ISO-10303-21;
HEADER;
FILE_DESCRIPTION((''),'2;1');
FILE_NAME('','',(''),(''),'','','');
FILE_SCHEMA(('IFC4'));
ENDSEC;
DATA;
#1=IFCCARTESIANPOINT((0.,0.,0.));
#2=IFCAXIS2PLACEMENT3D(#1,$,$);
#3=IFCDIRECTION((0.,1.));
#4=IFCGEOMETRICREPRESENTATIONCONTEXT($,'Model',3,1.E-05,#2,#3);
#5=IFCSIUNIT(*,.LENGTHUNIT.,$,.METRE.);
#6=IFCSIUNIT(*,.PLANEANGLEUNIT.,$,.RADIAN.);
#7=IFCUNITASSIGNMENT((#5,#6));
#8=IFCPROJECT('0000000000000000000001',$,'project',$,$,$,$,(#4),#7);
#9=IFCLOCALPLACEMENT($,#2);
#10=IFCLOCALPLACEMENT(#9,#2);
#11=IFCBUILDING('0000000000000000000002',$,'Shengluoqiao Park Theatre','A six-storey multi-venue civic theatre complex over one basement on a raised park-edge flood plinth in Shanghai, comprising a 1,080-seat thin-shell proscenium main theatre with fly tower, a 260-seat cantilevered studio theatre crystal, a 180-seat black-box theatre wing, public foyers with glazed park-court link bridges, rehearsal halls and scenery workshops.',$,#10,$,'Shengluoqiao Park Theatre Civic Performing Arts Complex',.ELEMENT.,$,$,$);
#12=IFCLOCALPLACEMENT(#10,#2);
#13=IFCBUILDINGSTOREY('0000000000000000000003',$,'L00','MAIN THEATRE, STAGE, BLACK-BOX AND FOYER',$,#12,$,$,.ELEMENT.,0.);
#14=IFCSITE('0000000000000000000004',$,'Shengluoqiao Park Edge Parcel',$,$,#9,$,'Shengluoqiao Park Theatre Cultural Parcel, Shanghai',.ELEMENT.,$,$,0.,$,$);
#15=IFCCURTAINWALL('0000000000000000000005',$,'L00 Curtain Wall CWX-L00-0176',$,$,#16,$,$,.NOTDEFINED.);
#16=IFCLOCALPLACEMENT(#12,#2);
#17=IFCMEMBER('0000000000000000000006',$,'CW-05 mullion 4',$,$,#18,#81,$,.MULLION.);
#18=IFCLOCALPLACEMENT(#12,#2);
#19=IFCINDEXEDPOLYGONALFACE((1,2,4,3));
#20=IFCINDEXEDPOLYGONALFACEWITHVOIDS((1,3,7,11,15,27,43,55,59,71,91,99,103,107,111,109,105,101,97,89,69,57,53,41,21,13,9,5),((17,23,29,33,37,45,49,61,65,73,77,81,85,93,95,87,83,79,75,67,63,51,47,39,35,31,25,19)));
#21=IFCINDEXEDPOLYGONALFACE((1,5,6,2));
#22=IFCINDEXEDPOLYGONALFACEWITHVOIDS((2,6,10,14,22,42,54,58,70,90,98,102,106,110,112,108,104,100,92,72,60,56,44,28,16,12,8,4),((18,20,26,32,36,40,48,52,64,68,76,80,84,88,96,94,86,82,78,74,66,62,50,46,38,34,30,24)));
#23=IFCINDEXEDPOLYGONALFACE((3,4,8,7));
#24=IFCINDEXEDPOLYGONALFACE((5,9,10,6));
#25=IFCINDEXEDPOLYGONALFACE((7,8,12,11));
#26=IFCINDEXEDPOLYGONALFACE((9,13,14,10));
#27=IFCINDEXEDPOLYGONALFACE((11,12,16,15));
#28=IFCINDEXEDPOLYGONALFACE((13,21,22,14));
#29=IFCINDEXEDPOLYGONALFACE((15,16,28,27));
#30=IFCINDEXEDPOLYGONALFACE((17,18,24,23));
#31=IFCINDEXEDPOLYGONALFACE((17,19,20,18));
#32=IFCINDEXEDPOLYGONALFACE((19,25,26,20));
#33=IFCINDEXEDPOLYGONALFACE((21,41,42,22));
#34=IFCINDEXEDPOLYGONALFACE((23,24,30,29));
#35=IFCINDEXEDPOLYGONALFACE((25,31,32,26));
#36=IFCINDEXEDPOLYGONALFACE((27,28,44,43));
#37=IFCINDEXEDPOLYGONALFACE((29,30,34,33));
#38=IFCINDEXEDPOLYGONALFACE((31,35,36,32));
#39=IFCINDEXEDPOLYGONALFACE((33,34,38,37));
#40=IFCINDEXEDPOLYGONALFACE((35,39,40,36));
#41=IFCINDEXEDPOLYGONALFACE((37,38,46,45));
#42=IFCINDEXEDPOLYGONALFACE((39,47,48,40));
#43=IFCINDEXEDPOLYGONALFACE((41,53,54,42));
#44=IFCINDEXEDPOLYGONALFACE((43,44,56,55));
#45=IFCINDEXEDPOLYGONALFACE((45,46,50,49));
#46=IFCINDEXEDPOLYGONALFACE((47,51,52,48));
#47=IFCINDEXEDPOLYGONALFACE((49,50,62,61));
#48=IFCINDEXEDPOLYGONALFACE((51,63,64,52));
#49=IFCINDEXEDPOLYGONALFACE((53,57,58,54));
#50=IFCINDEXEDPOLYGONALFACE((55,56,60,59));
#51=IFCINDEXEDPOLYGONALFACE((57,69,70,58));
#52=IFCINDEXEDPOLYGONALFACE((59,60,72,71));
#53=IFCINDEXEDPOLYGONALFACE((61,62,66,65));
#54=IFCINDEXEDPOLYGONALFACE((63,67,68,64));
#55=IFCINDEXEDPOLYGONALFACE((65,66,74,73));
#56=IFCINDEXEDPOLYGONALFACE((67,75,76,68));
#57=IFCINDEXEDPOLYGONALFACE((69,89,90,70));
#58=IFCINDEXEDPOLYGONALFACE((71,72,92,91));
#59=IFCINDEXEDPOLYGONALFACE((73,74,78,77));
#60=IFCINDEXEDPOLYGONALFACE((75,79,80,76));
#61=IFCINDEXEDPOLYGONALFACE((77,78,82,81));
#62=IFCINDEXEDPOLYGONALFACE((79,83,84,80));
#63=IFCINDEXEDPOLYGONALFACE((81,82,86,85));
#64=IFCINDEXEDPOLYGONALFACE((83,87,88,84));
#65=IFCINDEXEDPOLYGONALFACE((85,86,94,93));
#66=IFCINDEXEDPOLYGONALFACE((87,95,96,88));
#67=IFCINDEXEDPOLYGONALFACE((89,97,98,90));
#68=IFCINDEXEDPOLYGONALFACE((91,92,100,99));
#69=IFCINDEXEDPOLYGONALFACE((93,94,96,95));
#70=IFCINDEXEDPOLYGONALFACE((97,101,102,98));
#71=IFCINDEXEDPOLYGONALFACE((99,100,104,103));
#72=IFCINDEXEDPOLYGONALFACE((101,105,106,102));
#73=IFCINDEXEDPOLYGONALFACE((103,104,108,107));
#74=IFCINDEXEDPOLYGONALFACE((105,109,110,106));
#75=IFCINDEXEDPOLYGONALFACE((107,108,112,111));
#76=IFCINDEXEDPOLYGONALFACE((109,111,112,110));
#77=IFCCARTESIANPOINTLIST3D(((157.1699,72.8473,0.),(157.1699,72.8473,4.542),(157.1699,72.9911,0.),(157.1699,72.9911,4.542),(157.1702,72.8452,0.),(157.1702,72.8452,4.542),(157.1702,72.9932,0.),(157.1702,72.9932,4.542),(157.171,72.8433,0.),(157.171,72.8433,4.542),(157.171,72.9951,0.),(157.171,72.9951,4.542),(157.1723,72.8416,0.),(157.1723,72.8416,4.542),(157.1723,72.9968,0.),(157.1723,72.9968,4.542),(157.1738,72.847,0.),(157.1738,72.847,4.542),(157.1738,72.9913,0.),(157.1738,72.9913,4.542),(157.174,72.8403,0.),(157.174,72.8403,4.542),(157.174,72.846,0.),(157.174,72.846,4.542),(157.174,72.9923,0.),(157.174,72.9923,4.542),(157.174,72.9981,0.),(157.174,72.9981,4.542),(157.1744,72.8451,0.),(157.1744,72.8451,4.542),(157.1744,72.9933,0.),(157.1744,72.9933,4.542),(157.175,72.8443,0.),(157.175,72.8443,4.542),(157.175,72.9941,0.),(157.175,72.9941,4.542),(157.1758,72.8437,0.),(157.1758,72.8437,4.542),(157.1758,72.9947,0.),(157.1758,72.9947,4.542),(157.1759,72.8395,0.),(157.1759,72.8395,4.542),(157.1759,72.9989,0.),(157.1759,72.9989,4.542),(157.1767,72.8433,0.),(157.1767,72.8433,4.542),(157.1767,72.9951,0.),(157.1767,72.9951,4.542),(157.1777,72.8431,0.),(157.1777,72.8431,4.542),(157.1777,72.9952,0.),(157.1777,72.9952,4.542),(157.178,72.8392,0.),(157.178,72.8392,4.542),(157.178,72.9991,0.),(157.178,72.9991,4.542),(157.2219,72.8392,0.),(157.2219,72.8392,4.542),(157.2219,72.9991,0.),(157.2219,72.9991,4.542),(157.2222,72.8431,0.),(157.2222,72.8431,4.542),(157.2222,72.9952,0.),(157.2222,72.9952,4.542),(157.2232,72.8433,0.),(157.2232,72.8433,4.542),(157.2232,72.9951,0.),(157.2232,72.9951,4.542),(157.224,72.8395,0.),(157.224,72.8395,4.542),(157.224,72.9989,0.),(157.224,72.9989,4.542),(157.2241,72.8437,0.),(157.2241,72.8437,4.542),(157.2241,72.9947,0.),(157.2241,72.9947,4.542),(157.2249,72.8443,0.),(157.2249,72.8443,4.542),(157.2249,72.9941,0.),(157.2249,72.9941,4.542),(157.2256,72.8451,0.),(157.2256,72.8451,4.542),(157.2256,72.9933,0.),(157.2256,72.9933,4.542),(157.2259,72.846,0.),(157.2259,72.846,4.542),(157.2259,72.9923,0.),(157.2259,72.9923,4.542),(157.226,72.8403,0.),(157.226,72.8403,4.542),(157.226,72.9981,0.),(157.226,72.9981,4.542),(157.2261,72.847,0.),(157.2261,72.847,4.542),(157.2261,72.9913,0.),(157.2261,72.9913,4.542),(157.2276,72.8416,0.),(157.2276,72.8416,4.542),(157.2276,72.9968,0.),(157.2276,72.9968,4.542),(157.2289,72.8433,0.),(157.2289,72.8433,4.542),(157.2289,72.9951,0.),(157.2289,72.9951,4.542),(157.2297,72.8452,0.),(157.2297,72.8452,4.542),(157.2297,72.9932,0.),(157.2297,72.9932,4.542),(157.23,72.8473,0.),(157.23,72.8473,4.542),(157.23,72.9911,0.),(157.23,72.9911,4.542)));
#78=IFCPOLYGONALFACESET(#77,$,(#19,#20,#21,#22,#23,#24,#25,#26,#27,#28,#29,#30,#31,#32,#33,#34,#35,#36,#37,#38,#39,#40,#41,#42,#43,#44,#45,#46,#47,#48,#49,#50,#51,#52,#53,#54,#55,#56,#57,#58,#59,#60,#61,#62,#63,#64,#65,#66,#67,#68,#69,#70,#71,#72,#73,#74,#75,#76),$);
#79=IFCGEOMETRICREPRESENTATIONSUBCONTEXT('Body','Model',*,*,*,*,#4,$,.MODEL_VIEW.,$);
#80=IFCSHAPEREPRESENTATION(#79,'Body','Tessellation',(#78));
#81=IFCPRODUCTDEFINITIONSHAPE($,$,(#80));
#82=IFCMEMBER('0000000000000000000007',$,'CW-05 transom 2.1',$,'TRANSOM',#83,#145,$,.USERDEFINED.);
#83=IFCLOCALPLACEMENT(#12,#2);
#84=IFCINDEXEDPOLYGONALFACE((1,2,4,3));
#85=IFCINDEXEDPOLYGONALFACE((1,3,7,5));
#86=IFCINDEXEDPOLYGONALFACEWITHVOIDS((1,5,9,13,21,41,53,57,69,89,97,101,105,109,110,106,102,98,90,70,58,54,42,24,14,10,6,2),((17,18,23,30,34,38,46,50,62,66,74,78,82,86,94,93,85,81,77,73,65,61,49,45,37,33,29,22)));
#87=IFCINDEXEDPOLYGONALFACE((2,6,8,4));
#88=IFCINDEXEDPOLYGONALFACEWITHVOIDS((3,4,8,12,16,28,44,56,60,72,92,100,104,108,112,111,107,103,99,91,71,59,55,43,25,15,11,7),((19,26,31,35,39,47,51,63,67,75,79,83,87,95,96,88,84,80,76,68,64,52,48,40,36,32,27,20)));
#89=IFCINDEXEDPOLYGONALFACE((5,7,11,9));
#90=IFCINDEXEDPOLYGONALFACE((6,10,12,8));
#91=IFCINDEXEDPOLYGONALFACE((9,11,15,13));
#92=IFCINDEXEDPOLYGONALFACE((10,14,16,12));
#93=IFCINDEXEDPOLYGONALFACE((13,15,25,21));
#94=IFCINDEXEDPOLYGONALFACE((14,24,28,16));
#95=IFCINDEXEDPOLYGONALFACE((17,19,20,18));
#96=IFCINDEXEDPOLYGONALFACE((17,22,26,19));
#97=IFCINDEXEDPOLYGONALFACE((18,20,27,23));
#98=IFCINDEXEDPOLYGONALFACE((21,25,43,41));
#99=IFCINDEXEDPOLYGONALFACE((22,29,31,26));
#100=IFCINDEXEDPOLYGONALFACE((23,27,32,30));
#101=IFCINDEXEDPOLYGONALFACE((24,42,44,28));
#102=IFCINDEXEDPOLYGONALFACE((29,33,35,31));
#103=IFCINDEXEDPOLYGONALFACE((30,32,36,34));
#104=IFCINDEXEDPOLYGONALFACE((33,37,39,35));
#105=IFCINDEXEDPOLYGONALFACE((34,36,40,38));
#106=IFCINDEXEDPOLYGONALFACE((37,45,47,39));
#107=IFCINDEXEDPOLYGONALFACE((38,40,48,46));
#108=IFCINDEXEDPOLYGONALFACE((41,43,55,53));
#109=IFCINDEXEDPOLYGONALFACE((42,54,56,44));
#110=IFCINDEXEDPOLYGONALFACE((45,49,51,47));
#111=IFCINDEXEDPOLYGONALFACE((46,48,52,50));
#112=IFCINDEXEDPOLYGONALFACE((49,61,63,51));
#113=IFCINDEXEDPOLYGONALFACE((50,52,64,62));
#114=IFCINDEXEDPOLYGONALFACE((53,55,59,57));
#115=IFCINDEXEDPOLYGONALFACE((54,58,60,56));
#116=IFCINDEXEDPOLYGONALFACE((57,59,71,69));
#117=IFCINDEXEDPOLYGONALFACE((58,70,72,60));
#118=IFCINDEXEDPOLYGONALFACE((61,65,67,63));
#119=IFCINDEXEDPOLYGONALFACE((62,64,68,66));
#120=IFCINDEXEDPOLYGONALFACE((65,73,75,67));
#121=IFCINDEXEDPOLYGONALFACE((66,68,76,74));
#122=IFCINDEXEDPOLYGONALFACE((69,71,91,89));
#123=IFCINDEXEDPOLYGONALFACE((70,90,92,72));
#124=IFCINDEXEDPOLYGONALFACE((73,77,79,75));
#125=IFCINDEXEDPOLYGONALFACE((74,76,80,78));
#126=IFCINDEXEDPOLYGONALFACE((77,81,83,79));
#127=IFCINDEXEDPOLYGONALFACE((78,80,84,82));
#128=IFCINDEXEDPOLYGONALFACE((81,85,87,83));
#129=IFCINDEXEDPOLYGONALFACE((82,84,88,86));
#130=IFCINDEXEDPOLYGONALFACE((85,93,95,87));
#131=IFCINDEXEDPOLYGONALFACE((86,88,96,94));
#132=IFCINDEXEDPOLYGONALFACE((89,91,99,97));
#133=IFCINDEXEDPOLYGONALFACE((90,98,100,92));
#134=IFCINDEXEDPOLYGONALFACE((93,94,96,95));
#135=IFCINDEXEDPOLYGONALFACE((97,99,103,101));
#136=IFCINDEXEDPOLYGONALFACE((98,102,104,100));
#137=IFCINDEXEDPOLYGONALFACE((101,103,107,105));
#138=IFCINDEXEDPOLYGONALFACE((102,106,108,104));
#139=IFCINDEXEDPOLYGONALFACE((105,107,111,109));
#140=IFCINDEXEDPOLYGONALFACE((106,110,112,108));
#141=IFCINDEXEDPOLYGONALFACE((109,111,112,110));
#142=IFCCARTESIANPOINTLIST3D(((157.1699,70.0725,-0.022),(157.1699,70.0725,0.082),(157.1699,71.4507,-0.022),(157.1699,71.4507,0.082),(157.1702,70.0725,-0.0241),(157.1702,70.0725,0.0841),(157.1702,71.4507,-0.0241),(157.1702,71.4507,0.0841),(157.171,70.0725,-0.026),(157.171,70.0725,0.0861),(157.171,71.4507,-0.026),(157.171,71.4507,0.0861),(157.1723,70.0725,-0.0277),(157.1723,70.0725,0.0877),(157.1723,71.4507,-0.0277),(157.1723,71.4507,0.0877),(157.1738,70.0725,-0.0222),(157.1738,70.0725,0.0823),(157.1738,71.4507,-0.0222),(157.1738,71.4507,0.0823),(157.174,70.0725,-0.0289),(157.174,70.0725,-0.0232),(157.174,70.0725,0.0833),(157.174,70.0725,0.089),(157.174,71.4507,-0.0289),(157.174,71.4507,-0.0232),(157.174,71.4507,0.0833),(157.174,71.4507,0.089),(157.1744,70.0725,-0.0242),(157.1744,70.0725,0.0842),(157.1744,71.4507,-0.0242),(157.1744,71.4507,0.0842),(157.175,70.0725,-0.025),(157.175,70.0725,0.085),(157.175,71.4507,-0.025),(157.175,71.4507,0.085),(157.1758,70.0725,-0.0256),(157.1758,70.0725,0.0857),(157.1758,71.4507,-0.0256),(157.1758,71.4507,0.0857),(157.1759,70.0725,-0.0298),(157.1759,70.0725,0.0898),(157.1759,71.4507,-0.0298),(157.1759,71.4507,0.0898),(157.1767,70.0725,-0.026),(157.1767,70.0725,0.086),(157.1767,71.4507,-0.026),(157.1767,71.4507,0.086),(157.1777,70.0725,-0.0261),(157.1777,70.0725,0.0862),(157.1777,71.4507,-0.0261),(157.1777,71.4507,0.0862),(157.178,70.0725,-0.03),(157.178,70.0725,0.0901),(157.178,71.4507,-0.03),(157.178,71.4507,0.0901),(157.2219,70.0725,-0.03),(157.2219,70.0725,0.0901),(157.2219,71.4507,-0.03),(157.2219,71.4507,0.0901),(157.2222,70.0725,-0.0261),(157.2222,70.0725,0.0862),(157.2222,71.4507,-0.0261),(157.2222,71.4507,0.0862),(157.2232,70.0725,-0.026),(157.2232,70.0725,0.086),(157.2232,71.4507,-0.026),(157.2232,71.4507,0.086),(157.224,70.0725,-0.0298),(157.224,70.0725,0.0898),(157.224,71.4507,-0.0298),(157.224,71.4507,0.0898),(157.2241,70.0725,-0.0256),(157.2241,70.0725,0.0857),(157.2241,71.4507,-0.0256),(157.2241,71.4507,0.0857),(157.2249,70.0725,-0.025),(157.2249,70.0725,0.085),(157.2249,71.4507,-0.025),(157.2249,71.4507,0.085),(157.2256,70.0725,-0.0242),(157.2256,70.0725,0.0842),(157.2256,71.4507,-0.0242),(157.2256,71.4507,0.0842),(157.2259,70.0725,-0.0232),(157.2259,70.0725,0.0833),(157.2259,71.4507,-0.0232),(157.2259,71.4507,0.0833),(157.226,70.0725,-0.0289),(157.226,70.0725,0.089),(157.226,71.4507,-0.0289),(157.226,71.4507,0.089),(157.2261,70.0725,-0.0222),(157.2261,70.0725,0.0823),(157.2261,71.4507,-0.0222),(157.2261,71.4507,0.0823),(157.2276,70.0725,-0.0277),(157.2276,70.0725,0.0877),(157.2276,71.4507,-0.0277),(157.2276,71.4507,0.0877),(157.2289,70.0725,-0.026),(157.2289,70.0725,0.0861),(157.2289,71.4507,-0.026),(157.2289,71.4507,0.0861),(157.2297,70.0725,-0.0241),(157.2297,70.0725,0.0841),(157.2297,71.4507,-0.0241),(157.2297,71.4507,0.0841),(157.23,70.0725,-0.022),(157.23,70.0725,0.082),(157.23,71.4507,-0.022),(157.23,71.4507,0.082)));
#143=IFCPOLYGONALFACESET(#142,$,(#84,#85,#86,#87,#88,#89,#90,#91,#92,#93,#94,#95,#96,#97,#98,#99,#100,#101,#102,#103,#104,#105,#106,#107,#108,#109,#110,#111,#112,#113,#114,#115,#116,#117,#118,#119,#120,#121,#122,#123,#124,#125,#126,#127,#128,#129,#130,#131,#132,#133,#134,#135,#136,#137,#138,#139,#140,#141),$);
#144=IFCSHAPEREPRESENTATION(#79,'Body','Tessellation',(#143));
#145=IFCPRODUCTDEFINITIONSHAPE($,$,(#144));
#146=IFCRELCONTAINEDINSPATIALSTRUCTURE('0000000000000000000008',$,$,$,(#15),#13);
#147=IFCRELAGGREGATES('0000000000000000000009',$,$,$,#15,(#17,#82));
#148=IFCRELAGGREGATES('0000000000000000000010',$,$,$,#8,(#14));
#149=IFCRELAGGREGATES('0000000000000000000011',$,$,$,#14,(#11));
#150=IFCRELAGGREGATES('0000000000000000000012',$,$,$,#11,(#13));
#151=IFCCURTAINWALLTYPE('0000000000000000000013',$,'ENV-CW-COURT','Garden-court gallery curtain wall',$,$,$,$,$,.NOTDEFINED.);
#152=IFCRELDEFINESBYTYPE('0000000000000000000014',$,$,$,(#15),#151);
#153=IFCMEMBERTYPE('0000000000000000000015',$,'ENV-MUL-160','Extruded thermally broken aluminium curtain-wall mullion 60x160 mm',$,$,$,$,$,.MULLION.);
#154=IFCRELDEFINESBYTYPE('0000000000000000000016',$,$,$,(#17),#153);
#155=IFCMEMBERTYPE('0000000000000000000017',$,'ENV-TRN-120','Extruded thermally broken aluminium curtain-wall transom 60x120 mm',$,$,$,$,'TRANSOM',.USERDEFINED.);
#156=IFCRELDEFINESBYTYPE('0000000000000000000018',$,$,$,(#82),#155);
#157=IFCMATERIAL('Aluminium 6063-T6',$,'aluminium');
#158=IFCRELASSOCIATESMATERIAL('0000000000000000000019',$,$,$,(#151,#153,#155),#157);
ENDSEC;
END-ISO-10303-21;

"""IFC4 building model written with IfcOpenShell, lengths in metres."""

from ifc_helpers import new_model, si_unit, direction, frame, origin, origin_2d, place, context, subcontext, project, spatial, hollow_rectangle, extrude, material, material_profile, profile_set, type_object, element, aggregate, save


model = new_model("IFC4")

# Units and contexts
model_context = context("Model", 3, precision=1e-05, world=origin(), true_north=direction((0.0, 1.0)))
body_context = subcontext(model_context, "Body", "Model", "MODEL_VIEW")
ifc_project = project(units=[si_unit("LENGTHUNIT", "METRE"), si_unit("PLANEANGLEUNIT", "RADIAN")], contexts=[model_context])

# Site, building, storey
site_placement = place(None, origin())
site = spatial("IfcSite", under=ifc_project, at=site_placement, Name="Shengluoqiao Park Edge Parcel", LongName="Shengluoqiao Park Theatre Cultural Parcel, Shanghai", CompositionType="ELEMENT", RefElevation=0.0)
building_placement = place(site_placement, origin())
building = spatial("IfcBuilding", under=site, at=building_placement, Name="Shengluoqiao Park Theatre", Description="A six-storey multi-venue civic theatre complex over one basement on a raised park-edge flood plinth in Shanghai, comprising a 1,080-seat thin-shell proscenium main theatre with fly tower, a 260-seat cantilevered studio theatre crystal, a 180-seat black-box theatre wing, public foyers with glazed park-court link bridges, rehearsal halls and scenery workshops.", LongName="Shengluoqiao Park Theatre Civic Performing Arts Complex", CompositionType="ELEMENT")
storey_placement = place(building_placement, origin())
storey = spatial("IfcBuildingStorey", under=building, at=storey_placement, Name="L00", Description="MAIN THEATRE, STAGE, BLACK-BOX AND FOYER", CompositionType="ELEMENT", Elevation=0.0)

# Curtain wall, members
ifc_material_1 = material(Name="Aluminium 6063-T6", Category="aluminium")
curtain_wall_type = type_object("IfcCurtainWallType", Name="ENV-CW-COURT", Description="Garden-court gallery curtain wall", PredefinedType="NOTDEFINED", material=ifc_material_1)
curtain_wall_placement = place(storey_placement, origin())
curtain_wall = element("IfcCurtainWall", 1, at=curtain_wall_placement, inside=storey, type_object=curtain_wall_type, Name="L00 Curtain Wall CWX-L00-0176", PredefinedType="NOTDEFINED")
ifc_material_profile_1 = material_profile(ifc_material_1, hollow_rectangle(XDim=0.0601, YDim=0.1599, WallThickness=0.0039, InnerFilletRadius=0.0039, OuterFilletRadius=0.0081, at=origin_2d()), Name="ALU MULLION 160x60x4")
ifc_profile_set_1 = profile_set([ifc_material_profile_1], Name="Aluminium 6063-T6")
member_type_1 = type_object("IfcMemberType", Name="ENV-MUL-160", Description="Extruded thermally broken aluminium curtain-wall mullion 60x160 mm", PredefinedType="MULLION", material=ifc_profile_set_1)
member_1_placement = place(storey_placement, frame((157.2, 72.9192, 0.0), z_axis=(0.0, 0.0, 1.0), x_axis=(-1.0, 0.0, 0.0)))
member_1 = element("IfcMember", 2, at=member_1_placement, type_object=member_type_1, Name="CW-05 mullion 4", PredefinedType="MULLION", context=body_context, shape_type="SweptSolid", body=[
    extrude(hollow_rectangle(XDim=0.0601, YDim=0.1599, WallThickness=0.0039, InnerFilletRadius=0.0039, OuterFilletRadius=0.0081, at=origin_2d()), origin(), (0.0, 0.0, 1.0), 4.542),
])
ifc_material_profile_2 = material_profile(ifc_material_1, hollow_rectangle(XDim=0.0601, YDim=0.1201, WallThickness=0.0039, InnerFilletRadius=0.0039, OuterFilletRadius=0.0081, at=origin_2d()), Name="ALU TRANSOM 120x60x4")
ifc_profile_set_2 = profile_set([ifc_material_profile_2], Name="Aluminium 6063-T6")
member_type_2 = type_object("IfcMemberType", Name="ENV-TRN-120", Description="Extruded thermally broken aluminium curtain-wall transom 60x120 mm", ElementType="TRANSOM", PredefinedType="USERDEFINED", material=ifc_profile_set_2)
member_2_placement = place(storey_placement, frame((157.2, 70.0725, 0.03), z_axis=(0.0, 1.0, 0.0), x_axis=(-1.0, 0.0, 0.0)))
member_2 = element("IfcMember", 3, at=member_2_placement, type_object=member_type_2, Name="CW-05 transom 2.1", ObjectType="TRANSOM", PredefinedType="USERDEFINED", context=body_context, shape_type="SweptSolid", body=[
    extrude(hollow_rectangle(XDim=0.0601, YDim=0.1201, WallThickness=0.0039, InnerFilletRadius=0.0039, OuterFilletRadius=0.0081, at=origin_2d()), origin(), (0.0, 0.0, 1.0), 1.3782),
])
aggregate(curtain_wall, [member_1, member_2])

save(model, "model.ifc")
